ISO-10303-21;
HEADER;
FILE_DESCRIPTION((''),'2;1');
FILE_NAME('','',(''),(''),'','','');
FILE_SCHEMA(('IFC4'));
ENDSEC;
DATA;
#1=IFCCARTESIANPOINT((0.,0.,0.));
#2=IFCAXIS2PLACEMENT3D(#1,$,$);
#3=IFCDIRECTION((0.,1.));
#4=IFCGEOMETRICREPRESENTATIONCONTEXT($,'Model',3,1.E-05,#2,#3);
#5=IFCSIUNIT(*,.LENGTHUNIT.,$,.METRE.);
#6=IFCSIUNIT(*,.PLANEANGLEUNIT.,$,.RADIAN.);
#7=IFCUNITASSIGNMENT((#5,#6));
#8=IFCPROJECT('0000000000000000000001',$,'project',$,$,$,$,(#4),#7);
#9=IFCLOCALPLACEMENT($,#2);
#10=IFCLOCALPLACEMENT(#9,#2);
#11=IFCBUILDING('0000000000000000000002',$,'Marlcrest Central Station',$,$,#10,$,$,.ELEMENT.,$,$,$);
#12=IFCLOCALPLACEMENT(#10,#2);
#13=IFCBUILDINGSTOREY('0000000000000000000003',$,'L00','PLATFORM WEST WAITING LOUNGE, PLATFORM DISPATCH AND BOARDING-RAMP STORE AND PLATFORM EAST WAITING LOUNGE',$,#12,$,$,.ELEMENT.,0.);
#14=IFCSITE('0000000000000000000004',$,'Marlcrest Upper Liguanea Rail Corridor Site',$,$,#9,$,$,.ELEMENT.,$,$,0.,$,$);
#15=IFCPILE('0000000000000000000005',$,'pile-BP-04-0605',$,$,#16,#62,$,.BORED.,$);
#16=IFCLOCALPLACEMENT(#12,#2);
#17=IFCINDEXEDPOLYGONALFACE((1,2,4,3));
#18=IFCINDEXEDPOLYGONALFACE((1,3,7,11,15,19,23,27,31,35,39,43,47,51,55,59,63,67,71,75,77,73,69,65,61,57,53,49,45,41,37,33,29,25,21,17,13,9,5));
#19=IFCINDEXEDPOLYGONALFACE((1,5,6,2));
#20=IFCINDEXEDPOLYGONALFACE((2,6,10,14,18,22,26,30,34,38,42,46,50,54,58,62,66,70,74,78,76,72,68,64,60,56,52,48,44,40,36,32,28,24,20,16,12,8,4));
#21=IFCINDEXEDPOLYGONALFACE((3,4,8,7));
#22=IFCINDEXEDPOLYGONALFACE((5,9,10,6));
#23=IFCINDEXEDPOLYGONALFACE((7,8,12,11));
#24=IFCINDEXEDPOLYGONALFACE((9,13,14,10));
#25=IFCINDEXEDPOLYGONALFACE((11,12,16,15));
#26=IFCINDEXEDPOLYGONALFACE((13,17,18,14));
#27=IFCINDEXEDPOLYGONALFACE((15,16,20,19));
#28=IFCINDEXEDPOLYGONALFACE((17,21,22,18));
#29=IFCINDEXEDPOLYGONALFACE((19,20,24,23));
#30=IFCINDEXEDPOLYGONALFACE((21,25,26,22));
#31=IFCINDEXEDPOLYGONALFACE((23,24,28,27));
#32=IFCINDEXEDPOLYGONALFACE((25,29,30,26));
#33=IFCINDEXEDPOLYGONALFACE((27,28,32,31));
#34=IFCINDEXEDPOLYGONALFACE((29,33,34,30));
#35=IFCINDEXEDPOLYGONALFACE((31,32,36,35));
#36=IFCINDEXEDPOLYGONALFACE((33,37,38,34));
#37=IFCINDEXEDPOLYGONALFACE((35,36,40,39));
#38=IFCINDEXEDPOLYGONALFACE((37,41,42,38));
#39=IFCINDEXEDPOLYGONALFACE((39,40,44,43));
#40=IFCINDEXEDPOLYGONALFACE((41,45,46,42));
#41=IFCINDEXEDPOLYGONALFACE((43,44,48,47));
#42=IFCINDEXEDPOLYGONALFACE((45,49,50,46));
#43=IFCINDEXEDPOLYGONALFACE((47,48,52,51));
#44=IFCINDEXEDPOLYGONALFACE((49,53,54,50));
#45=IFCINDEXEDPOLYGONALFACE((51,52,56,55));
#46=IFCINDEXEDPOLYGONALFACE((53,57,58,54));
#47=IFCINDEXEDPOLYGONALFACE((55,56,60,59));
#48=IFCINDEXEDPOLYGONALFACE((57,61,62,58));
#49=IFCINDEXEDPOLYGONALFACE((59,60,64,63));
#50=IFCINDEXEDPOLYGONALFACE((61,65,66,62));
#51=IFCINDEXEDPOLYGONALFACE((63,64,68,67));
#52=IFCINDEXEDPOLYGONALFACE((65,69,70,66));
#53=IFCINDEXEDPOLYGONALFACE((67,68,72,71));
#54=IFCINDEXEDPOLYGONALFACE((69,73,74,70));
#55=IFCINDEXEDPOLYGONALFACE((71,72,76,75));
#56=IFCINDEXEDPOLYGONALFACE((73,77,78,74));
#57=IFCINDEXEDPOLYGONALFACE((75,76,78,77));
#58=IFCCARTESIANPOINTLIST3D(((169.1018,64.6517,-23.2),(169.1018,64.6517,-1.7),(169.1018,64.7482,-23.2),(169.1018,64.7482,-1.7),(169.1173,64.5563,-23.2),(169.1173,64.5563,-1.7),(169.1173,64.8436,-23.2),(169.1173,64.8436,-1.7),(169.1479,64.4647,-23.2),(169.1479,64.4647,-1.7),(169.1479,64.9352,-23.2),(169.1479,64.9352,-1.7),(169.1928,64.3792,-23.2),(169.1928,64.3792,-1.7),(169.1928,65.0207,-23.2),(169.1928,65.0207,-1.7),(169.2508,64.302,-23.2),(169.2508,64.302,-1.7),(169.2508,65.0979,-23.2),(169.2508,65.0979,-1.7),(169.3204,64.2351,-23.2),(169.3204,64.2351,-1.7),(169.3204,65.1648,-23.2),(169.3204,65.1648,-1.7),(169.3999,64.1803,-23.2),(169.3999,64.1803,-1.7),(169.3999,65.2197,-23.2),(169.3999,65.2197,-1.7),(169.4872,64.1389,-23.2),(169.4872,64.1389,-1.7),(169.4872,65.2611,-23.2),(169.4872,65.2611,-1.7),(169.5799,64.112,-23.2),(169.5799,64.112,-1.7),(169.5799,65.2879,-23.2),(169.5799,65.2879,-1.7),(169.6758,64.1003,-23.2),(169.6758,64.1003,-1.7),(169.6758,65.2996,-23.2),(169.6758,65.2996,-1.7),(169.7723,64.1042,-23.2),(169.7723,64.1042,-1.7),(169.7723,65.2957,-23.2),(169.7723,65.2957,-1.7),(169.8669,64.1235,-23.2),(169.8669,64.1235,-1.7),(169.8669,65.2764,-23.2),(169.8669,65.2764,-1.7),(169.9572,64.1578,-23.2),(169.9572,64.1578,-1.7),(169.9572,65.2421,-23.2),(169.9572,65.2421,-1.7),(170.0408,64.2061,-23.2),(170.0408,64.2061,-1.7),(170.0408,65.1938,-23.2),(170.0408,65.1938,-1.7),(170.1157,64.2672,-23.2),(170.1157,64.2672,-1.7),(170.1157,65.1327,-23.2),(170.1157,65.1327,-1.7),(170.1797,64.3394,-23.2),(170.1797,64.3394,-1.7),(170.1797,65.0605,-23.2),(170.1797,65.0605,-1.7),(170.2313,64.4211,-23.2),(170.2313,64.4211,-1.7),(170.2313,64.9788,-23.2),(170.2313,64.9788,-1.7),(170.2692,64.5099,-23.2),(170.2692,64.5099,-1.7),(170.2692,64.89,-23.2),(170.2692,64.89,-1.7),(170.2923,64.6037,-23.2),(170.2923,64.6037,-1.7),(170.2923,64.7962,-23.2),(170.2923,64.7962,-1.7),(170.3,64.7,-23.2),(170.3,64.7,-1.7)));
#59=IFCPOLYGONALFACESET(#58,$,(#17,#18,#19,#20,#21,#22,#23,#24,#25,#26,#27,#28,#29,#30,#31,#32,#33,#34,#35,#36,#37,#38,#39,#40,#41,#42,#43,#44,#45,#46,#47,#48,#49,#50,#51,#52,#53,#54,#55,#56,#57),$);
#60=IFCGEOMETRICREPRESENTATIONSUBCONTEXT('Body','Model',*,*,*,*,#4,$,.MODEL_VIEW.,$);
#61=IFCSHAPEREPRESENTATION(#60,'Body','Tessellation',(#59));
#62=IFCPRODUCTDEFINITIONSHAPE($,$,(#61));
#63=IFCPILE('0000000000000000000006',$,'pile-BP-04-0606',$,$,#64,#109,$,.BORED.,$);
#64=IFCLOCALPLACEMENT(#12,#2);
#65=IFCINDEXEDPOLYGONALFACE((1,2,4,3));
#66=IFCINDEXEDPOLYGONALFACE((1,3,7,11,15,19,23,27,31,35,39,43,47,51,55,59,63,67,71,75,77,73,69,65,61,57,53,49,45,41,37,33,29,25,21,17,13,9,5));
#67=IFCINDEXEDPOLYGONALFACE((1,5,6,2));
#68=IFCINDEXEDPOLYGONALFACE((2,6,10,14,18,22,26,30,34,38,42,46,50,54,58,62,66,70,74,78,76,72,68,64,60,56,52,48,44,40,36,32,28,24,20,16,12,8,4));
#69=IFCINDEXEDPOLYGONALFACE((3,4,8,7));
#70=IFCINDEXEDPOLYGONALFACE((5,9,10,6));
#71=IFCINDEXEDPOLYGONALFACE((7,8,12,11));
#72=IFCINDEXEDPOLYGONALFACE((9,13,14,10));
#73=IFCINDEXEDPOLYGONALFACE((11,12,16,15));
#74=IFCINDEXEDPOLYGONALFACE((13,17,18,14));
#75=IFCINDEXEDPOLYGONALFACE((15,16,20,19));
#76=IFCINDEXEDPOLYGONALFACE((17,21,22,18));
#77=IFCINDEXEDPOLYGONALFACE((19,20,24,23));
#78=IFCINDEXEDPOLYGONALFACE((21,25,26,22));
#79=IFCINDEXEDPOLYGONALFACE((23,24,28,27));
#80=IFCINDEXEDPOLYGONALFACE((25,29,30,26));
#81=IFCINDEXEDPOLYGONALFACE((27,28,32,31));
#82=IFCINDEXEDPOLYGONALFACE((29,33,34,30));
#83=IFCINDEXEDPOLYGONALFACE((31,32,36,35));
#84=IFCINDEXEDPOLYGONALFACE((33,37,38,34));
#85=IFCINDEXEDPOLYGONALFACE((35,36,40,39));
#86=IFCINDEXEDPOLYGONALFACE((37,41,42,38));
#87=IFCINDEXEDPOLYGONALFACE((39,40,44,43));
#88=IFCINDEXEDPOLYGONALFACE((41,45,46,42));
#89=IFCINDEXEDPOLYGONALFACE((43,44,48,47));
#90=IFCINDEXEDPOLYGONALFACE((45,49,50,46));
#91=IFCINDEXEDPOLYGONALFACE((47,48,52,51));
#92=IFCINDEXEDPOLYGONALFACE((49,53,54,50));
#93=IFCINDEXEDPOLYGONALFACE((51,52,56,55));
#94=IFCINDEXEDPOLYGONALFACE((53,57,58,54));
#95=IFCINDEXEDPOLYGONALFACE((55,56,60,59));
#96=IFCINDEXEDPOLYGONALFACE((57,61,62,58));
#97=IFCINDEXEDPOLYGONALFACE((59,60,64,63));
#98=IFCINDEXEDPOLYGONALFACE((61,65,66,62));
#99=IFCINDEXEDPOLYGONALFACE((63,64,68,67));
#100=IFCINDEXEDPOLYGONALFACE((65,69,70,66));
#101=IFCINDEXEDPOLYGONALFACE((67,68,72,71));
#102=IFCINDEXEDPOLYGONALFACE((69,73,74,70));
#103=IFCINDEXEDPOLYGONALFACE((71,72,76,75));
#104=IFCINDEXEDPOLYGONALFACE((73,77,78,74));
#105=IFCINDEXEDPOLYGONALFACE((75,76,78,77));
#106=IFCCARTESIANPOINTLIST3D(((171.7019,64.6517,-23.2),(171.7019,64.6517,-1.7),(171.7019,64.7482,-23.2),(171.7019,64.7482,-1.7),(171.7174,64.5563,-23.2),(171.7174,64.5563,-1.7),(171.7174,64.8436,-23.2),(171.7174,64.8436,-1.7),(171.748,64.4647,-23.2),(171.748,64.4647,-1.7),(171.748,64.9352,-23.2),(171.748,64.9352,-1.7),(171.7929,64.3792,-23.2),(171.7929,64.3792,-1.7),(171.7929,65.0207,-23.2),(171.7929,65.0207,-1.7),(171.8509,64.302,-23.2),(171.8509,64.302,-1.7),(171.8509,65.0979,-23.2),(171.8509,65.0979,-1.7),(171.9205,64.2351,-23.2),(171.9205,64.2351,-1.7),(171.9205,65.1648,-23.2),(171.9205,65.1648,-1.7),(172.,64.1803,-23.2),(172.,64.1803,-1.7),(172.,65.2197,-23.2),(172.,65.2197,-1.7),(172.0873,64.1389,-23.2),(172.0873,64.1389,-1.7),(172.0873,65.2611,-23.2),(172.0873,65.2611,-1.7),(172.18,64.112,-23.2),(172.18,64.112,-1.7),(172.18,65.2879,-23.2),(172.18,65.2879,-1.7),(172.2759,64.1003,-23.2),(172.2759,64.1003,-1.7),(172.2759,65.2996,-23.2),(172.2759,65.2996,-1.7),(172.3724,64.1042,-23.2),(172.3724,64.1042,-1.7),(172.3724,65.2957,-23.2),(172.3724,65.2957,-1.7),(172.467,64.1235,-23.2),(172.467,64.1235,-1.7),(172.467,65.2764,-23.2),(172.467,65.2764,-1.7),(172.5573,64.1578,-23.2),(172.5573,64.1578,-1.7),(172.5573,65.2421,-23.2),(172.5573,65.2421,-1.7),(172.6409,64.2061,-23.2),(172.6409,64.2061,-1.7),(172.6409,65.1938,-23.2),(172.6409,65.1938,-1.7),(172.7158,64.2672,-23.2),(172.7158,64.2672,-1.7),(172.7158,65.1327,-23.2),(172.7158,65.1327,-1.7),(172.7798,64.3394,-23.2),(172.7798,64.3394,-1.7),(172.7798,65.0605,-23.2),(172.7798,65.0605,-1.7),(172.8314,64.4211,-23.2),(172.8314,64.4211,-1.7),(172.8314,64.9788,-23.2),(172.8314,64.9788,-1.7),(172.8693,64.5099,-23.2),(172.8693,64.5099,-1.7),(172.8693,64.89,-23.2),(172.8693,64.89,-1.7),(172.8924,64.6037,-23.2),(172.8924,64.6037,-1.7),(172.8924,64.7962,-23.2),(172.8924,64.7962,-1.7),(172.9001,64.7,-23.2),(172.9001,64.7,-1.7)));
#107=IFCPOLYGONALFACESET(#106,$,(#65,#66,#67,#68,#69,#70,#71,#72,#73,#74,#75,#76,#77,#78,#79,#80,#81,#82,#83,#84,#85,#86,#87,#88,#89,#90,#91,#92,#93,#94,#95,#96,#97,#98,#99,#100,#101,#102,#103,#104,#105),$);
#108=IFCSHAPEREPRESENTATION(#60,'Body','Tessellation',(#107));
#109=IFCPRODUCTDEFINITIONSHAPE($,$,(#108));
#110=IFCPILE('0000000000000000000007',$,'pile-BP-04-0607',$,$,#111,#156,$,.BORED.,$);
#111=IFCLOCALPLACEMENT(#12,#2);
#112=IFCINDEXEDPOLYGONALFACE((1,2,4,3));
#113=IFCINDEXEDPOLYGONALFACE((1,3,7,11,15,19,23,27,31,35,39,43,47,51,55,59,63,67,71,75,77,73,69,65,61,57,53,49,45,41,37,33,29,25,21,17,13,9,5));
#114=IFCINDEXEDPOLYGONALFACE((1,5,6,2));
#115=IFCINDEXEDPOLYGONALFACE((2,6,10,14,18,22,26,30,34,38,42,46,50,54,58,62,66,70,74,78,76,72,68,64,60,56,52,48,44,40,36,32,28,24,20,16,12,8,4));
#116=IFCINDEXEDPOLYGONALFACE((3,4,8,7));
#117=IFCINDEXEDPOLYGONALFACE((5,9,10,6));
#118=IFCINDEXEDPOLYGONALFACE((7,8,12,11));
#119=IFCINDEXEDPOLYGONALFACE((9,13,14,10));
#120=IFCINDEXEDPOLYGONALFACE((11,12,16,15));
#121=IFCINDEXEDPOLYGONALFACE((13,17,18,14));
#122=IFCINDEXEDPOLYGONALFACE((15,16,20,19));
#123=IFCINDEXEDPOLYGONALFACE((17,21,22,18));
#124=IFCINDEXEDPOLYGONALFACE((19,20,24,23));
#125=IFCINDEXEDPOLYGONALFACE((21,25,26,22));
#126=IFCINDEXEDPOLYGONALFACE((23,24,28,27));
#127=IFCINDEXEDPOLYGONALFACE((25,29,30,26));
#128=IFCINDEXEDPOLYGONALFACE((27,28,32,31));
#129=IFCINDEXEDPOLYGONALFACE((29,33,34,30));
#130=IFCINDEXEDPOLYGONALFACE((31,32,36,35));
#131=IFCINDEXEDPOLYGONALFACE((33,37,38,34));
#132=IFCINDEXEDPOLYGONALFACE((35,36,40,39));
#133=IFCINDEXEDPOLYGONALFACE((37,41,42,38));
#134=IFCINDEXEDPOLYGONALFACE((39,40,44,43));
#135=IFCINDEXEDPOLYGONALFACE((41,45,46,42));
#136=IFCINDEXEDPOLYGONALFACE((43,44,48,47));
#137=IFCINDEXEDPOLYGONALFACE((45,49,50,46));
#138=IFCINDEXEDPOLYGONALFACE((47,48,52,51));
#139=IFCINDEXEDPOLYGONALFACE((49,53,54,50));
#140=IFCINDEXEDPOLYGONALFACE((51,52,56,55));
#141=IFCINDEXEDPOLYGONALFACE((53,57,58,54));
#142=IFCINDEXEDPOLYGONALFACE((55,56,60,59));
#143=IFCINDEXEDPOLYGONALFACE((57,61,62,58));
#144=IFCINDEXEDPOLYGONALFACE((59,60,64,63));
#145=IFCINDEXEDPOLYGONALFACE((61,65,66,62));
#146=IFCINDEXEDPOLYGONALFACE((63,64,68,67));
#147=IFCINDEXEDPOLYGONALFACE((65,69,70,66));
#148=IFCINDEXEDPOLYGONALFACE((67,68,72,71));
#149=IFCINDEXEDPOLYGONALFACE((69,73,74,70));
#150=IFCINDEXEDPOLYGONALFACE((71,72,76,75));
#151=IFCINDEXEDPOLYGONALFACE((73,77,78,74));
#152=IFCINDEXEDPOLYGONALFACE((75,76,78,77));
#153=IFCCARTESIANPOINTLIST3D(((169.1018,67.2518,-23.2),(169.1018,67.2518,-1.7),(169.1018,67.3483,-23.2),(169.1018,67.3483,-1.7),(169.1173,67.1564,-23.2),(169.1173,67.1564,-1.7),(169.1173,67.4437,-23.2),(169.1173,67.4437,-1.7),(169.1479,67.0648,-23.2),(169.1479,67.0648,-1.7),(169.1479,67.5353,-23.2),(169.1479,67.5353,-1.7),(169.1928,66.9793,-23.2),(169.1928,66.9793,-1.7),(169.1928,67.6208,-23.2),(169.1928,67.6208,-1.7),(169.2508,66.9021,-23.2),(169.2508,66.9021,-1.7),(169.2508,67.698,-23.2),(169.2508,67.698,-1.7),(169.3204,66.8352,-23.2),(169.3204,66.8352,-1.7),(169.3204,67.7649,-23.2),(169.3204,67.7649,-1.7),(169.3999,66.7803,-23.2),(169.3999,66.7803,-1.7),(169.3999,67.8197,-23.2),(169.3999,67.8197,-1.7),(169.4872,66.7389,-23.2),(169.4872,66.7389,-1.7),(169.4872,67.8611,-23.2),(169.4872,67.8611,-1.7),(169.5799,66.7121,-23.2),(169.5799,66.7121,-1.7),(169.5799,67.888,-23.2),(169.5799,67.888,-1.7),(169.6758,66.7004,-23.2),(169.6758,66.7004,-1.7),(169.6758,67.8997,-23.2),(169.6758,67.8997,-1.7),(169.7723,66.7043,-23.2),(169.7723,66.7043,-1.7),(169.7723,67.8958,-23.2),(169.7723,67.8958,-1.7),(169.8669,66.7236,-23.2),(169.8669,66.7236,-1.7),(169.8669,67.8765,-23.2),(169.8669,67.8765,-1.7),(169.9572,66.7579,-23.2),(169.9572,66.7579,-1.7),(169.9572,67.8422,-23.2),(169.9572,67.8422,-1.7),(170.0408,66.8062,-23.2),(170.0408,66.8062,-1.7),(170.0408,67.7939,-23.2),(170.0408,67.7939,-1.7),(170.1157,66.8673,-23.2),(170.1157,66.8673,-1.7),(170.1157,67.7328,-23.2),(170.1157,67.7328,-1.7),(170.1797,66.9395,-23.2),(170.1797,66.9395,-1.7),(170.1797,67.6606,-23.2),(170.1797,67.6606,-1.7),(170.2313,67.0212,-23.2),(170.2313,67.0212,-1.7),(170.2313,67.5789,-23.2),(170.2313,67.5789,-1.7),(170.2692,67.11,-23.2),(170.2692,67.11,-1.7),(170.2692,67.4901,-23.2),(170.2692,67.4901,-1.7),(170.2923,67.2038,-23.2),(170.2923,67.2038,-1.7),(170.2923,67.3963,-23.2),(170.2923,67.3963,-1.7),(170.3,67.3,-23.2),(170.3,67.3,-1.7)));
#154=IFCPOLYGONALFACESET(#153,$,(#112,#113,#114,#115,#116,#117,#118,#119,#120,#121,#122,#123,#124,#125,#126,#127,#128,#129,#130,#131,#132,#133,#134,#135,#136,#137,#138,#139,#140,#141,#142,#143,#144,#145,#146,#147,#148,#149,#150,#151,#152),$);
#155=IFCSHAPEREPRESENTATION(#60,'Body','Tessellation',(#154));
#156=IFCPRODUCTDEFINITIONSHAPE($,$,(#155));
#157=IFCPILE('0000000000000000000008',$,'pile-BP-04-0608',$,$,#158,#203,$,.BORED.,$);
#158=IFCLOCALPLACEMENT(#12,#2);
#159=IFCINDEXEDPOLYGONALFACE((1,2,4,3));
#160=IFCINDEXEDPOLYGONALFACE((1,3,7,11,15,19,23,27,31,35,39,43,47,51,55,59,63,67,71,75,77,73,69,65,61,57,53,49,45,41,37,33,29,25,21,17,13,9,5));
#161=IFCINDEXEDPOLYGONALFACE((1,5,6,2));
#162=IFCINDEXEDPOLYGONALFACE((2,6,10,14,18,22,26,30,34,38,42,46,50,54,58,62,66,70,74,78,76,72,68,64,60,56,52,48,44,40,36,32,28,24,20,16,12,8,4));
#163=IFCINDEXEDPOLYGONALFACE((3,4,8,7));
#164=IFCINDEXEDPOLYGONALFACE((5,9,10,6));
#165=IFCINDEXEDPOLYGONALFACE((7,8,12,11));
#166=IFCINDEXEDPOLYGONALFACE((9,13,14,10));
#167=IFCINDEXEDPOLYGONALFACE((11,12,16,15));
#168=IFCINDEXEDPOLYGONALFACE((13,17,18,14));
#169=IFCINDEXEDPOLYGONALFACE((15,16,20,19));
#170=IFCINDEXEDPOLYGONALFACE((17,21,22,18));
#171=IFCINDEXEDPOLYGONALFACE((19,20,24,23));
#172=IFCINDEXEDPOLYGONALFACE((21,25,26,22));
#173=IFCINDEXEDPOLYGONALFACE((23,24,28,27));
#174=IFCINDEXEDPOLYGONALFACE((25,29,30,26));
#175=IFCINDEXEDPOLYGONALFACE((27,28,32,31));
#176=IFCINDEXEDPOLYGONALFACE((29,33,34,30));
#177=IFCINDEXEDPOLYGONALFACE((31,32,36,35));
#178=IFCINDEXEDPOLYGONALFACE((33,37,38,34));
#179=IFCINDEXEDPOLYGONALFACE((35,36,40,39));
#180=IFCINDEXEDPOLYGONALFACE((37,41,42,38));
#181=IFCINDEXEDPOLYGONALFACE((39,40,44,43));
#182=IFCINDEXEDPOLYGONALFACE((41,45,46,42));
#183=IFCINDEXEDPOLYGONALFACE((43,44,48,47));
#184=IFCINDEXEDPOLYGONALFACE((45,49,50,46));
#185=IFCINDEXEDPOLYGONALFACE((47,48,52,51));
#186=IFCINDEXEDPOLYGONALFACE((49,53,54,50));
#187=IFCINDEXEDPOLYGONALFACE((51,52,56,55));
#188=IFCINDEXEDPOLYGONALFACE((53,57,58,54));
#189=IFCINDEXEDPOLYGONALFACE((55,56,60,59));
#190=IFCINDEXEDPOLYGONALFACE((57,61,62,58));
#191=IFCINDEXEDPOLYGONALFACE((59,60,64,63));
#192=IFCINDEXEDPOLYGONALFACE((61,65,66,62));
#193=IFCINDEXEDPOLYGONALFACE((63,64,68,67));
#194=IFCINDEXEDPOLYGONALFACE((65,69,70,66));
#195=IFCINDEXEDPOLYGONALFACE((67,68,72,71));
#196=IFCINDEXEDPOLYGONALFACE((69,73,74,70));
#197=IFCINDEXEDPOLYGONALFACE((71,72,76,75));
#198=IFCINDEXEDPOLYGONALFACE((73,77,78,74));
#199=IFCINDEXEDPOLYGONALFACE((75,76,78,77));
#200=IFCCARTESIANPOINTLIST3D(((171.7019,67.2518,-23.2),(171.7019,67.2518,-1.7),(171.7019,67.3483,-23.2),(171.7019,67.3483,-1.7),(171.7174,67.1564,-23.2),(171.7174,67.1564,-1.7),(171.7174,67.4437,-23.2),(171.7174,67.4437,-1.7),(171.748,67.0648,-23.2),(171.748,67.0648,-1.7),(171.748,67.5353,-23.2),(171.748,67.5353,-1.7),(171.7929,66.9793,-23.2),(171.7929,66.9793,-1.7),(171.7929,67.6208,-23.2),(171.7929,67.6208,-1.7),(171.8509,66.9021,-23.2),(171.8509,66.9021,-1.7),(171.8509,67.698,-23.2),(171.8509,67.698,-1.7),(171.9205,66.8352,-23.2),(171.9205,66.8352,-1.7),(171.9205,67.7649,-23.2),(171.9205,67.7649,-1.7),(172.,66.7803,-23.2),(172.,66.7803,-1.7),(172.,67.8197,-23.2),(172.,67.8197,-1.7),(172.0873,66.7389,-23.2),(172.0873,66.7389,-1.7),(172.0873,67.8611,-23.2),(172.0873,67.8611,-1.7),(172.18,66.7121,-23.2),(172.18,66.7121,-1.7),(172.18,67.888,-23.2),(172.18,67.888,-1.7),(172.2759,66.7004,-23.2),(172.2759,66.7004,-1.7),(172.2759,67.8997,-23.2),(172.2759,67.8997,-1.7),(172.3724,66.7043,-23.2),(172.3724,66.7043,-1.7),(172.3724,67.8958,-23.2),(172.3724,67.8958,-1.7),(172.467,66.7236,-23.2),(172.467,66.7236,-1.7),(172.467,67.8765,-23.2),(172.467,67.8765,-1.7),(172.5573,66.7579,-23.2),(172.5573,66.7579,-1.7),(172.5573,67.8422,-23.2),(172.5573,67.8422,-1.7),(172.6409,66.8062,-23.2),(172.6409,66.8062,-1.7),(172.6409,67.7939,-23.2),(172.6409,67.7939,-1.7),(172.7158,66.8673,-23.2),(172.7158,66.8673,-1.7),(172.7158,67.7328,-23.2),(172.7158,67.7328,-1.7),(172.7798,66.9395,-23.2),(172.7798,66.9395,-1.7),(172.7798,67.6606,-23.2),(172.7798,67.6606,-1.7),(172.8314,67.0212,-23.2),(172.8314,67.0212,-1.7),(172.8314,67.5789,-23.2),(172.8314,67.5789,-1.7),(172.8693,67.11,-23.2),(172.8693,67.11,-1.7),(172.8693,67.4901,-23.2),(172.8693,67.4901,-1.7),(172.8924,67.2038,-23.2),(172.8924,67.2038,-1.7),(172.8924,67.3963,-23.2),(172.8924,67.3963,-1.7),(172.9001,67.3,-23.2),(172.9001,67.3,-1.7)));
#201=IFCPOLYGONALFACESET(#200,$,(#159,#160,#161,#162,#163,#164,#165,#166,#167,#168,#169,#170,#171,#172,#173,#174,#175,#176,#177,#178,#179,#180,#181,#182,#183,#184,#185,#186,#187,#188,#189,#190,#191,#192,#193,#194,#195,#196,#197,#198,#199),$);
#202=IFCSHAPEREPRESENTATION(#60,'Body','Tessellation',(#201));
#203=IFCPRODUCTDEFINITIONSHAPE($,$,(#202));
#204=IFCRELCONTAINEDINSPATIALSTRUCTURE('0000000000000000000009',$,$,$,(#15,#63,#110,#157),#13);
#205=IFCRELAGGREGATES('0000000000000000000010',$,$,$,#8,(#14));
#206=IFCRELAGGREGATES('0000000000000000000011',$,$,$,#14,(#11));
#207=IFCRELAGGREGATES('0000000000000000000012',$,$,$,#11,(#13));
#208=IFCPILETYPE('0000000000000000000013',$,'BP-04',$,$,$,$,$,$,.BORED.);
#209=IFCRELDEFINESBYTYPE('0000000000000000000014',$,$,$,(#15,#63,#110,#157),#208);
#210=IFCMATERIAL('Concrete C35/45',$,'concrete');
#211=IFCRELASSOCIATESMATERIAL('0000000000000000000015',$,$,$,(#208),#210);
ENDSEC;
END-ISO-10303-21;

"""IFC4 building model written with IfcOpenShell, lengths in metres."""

from ifc_helpers import new_model, si_unit, direction, frame, origin, origin_2d, place, context, subcontext, project, spatial, circle, extrude, material, material_profile, profile_set, type_object, element, save


model = new_model("IFC4")

# Units and contexts
model_context = context("Model", 3, precision=1e-05, world=origin(), true_north=direction((0.0, 1.0)))
body_context = subcontext(model_context, "Body", "Model", "MODEL_VIEW")
ifc_project = project(units=[si_unit("LENGTHUNIT", "METRE"), si_unit("PLANEANGLEUNIT", "RADIAN")], contexts=[model_context])

# Site, building, storey
site_placement = place(None, origin())
site = spatial("IfcSite", under=ifc_project, at=site_placement, Name="Marlcrest Upper Liguanea Rail Corridor Site", CompositionType="ELEMENT", RefElevation=0.0)
building_placement = place(site_placement, origin())
building = spatial("IfcBuilding", under=site, at=building_placement, Name="Marlcrest Central Station", CompositionType="ELEMENT")
storey_placement = place(building_placement, origin())
storey = spatial("IfcBuildingStorey", under=building, at=storey_placement, Name="L00", Description="PLATFORM WEST WAITING LOUNGE, PLATFORM DISPATCH AND BOARDING-RAMP STORE AND PLATFORM EAST WAITING LOUNGE", CompositionType="ELEMENT", Elevation=0.0)

# Piles
ifc_material_1 = material(Name="Concrete C35/45", Category="concrete")
ifc_material_profile_1 = material_profile(ifc_material_1, circle(Radius=0.6001, at=origin_2d()), Name="PILE D1200")
ifc_profile_set_1 = profile_set([ifc_material_profile_1], Name="Concrete C35/45")
pile_type = type_object("IfcPileType", Name="BP-04", PredefinedType="BORED", material=ifc_profile_set_1)
for number, where, z_axis, x_axis, name in (
    (1, (169.7, 64.7, -1.7), (0.0, 0.0, -1.0), (1.0, 0.0, 0.0), "pile-BP-04-0605"),
    (2, (172.3, 64.7, -1.7), (0.0, 0.0, -1.0), (1.0, 0.0, 0.0), "pile-BP-04-0606"),
    (3, (169.7, 67.3, -1.7), (0.0, 0.0, -1.0), (1.0, 0.0, 0.0), "pile-BP-04-0607"),
    (4, (172.3, 67.3, -1.7), (0.0, 0.0, -1.0), (1.0, 0.0, 0.0), "pile-BP-04-0608"),
):
    element("IfcPile", number, at=place(storey_placement, frame(where, z_axis=z_axis, x_axis=x_axis)), inside=storey, type_object=pile_type, Name=name, PredefinedType="BORED", context=body_context, shape_type="SweptSolid", body=[
        extrude(circle(Radius=0.6001, at=origin_2d()), origin(), (0.0, 0.0, 1.0), 21.5),
    ])

save(model, "model.ifc")
